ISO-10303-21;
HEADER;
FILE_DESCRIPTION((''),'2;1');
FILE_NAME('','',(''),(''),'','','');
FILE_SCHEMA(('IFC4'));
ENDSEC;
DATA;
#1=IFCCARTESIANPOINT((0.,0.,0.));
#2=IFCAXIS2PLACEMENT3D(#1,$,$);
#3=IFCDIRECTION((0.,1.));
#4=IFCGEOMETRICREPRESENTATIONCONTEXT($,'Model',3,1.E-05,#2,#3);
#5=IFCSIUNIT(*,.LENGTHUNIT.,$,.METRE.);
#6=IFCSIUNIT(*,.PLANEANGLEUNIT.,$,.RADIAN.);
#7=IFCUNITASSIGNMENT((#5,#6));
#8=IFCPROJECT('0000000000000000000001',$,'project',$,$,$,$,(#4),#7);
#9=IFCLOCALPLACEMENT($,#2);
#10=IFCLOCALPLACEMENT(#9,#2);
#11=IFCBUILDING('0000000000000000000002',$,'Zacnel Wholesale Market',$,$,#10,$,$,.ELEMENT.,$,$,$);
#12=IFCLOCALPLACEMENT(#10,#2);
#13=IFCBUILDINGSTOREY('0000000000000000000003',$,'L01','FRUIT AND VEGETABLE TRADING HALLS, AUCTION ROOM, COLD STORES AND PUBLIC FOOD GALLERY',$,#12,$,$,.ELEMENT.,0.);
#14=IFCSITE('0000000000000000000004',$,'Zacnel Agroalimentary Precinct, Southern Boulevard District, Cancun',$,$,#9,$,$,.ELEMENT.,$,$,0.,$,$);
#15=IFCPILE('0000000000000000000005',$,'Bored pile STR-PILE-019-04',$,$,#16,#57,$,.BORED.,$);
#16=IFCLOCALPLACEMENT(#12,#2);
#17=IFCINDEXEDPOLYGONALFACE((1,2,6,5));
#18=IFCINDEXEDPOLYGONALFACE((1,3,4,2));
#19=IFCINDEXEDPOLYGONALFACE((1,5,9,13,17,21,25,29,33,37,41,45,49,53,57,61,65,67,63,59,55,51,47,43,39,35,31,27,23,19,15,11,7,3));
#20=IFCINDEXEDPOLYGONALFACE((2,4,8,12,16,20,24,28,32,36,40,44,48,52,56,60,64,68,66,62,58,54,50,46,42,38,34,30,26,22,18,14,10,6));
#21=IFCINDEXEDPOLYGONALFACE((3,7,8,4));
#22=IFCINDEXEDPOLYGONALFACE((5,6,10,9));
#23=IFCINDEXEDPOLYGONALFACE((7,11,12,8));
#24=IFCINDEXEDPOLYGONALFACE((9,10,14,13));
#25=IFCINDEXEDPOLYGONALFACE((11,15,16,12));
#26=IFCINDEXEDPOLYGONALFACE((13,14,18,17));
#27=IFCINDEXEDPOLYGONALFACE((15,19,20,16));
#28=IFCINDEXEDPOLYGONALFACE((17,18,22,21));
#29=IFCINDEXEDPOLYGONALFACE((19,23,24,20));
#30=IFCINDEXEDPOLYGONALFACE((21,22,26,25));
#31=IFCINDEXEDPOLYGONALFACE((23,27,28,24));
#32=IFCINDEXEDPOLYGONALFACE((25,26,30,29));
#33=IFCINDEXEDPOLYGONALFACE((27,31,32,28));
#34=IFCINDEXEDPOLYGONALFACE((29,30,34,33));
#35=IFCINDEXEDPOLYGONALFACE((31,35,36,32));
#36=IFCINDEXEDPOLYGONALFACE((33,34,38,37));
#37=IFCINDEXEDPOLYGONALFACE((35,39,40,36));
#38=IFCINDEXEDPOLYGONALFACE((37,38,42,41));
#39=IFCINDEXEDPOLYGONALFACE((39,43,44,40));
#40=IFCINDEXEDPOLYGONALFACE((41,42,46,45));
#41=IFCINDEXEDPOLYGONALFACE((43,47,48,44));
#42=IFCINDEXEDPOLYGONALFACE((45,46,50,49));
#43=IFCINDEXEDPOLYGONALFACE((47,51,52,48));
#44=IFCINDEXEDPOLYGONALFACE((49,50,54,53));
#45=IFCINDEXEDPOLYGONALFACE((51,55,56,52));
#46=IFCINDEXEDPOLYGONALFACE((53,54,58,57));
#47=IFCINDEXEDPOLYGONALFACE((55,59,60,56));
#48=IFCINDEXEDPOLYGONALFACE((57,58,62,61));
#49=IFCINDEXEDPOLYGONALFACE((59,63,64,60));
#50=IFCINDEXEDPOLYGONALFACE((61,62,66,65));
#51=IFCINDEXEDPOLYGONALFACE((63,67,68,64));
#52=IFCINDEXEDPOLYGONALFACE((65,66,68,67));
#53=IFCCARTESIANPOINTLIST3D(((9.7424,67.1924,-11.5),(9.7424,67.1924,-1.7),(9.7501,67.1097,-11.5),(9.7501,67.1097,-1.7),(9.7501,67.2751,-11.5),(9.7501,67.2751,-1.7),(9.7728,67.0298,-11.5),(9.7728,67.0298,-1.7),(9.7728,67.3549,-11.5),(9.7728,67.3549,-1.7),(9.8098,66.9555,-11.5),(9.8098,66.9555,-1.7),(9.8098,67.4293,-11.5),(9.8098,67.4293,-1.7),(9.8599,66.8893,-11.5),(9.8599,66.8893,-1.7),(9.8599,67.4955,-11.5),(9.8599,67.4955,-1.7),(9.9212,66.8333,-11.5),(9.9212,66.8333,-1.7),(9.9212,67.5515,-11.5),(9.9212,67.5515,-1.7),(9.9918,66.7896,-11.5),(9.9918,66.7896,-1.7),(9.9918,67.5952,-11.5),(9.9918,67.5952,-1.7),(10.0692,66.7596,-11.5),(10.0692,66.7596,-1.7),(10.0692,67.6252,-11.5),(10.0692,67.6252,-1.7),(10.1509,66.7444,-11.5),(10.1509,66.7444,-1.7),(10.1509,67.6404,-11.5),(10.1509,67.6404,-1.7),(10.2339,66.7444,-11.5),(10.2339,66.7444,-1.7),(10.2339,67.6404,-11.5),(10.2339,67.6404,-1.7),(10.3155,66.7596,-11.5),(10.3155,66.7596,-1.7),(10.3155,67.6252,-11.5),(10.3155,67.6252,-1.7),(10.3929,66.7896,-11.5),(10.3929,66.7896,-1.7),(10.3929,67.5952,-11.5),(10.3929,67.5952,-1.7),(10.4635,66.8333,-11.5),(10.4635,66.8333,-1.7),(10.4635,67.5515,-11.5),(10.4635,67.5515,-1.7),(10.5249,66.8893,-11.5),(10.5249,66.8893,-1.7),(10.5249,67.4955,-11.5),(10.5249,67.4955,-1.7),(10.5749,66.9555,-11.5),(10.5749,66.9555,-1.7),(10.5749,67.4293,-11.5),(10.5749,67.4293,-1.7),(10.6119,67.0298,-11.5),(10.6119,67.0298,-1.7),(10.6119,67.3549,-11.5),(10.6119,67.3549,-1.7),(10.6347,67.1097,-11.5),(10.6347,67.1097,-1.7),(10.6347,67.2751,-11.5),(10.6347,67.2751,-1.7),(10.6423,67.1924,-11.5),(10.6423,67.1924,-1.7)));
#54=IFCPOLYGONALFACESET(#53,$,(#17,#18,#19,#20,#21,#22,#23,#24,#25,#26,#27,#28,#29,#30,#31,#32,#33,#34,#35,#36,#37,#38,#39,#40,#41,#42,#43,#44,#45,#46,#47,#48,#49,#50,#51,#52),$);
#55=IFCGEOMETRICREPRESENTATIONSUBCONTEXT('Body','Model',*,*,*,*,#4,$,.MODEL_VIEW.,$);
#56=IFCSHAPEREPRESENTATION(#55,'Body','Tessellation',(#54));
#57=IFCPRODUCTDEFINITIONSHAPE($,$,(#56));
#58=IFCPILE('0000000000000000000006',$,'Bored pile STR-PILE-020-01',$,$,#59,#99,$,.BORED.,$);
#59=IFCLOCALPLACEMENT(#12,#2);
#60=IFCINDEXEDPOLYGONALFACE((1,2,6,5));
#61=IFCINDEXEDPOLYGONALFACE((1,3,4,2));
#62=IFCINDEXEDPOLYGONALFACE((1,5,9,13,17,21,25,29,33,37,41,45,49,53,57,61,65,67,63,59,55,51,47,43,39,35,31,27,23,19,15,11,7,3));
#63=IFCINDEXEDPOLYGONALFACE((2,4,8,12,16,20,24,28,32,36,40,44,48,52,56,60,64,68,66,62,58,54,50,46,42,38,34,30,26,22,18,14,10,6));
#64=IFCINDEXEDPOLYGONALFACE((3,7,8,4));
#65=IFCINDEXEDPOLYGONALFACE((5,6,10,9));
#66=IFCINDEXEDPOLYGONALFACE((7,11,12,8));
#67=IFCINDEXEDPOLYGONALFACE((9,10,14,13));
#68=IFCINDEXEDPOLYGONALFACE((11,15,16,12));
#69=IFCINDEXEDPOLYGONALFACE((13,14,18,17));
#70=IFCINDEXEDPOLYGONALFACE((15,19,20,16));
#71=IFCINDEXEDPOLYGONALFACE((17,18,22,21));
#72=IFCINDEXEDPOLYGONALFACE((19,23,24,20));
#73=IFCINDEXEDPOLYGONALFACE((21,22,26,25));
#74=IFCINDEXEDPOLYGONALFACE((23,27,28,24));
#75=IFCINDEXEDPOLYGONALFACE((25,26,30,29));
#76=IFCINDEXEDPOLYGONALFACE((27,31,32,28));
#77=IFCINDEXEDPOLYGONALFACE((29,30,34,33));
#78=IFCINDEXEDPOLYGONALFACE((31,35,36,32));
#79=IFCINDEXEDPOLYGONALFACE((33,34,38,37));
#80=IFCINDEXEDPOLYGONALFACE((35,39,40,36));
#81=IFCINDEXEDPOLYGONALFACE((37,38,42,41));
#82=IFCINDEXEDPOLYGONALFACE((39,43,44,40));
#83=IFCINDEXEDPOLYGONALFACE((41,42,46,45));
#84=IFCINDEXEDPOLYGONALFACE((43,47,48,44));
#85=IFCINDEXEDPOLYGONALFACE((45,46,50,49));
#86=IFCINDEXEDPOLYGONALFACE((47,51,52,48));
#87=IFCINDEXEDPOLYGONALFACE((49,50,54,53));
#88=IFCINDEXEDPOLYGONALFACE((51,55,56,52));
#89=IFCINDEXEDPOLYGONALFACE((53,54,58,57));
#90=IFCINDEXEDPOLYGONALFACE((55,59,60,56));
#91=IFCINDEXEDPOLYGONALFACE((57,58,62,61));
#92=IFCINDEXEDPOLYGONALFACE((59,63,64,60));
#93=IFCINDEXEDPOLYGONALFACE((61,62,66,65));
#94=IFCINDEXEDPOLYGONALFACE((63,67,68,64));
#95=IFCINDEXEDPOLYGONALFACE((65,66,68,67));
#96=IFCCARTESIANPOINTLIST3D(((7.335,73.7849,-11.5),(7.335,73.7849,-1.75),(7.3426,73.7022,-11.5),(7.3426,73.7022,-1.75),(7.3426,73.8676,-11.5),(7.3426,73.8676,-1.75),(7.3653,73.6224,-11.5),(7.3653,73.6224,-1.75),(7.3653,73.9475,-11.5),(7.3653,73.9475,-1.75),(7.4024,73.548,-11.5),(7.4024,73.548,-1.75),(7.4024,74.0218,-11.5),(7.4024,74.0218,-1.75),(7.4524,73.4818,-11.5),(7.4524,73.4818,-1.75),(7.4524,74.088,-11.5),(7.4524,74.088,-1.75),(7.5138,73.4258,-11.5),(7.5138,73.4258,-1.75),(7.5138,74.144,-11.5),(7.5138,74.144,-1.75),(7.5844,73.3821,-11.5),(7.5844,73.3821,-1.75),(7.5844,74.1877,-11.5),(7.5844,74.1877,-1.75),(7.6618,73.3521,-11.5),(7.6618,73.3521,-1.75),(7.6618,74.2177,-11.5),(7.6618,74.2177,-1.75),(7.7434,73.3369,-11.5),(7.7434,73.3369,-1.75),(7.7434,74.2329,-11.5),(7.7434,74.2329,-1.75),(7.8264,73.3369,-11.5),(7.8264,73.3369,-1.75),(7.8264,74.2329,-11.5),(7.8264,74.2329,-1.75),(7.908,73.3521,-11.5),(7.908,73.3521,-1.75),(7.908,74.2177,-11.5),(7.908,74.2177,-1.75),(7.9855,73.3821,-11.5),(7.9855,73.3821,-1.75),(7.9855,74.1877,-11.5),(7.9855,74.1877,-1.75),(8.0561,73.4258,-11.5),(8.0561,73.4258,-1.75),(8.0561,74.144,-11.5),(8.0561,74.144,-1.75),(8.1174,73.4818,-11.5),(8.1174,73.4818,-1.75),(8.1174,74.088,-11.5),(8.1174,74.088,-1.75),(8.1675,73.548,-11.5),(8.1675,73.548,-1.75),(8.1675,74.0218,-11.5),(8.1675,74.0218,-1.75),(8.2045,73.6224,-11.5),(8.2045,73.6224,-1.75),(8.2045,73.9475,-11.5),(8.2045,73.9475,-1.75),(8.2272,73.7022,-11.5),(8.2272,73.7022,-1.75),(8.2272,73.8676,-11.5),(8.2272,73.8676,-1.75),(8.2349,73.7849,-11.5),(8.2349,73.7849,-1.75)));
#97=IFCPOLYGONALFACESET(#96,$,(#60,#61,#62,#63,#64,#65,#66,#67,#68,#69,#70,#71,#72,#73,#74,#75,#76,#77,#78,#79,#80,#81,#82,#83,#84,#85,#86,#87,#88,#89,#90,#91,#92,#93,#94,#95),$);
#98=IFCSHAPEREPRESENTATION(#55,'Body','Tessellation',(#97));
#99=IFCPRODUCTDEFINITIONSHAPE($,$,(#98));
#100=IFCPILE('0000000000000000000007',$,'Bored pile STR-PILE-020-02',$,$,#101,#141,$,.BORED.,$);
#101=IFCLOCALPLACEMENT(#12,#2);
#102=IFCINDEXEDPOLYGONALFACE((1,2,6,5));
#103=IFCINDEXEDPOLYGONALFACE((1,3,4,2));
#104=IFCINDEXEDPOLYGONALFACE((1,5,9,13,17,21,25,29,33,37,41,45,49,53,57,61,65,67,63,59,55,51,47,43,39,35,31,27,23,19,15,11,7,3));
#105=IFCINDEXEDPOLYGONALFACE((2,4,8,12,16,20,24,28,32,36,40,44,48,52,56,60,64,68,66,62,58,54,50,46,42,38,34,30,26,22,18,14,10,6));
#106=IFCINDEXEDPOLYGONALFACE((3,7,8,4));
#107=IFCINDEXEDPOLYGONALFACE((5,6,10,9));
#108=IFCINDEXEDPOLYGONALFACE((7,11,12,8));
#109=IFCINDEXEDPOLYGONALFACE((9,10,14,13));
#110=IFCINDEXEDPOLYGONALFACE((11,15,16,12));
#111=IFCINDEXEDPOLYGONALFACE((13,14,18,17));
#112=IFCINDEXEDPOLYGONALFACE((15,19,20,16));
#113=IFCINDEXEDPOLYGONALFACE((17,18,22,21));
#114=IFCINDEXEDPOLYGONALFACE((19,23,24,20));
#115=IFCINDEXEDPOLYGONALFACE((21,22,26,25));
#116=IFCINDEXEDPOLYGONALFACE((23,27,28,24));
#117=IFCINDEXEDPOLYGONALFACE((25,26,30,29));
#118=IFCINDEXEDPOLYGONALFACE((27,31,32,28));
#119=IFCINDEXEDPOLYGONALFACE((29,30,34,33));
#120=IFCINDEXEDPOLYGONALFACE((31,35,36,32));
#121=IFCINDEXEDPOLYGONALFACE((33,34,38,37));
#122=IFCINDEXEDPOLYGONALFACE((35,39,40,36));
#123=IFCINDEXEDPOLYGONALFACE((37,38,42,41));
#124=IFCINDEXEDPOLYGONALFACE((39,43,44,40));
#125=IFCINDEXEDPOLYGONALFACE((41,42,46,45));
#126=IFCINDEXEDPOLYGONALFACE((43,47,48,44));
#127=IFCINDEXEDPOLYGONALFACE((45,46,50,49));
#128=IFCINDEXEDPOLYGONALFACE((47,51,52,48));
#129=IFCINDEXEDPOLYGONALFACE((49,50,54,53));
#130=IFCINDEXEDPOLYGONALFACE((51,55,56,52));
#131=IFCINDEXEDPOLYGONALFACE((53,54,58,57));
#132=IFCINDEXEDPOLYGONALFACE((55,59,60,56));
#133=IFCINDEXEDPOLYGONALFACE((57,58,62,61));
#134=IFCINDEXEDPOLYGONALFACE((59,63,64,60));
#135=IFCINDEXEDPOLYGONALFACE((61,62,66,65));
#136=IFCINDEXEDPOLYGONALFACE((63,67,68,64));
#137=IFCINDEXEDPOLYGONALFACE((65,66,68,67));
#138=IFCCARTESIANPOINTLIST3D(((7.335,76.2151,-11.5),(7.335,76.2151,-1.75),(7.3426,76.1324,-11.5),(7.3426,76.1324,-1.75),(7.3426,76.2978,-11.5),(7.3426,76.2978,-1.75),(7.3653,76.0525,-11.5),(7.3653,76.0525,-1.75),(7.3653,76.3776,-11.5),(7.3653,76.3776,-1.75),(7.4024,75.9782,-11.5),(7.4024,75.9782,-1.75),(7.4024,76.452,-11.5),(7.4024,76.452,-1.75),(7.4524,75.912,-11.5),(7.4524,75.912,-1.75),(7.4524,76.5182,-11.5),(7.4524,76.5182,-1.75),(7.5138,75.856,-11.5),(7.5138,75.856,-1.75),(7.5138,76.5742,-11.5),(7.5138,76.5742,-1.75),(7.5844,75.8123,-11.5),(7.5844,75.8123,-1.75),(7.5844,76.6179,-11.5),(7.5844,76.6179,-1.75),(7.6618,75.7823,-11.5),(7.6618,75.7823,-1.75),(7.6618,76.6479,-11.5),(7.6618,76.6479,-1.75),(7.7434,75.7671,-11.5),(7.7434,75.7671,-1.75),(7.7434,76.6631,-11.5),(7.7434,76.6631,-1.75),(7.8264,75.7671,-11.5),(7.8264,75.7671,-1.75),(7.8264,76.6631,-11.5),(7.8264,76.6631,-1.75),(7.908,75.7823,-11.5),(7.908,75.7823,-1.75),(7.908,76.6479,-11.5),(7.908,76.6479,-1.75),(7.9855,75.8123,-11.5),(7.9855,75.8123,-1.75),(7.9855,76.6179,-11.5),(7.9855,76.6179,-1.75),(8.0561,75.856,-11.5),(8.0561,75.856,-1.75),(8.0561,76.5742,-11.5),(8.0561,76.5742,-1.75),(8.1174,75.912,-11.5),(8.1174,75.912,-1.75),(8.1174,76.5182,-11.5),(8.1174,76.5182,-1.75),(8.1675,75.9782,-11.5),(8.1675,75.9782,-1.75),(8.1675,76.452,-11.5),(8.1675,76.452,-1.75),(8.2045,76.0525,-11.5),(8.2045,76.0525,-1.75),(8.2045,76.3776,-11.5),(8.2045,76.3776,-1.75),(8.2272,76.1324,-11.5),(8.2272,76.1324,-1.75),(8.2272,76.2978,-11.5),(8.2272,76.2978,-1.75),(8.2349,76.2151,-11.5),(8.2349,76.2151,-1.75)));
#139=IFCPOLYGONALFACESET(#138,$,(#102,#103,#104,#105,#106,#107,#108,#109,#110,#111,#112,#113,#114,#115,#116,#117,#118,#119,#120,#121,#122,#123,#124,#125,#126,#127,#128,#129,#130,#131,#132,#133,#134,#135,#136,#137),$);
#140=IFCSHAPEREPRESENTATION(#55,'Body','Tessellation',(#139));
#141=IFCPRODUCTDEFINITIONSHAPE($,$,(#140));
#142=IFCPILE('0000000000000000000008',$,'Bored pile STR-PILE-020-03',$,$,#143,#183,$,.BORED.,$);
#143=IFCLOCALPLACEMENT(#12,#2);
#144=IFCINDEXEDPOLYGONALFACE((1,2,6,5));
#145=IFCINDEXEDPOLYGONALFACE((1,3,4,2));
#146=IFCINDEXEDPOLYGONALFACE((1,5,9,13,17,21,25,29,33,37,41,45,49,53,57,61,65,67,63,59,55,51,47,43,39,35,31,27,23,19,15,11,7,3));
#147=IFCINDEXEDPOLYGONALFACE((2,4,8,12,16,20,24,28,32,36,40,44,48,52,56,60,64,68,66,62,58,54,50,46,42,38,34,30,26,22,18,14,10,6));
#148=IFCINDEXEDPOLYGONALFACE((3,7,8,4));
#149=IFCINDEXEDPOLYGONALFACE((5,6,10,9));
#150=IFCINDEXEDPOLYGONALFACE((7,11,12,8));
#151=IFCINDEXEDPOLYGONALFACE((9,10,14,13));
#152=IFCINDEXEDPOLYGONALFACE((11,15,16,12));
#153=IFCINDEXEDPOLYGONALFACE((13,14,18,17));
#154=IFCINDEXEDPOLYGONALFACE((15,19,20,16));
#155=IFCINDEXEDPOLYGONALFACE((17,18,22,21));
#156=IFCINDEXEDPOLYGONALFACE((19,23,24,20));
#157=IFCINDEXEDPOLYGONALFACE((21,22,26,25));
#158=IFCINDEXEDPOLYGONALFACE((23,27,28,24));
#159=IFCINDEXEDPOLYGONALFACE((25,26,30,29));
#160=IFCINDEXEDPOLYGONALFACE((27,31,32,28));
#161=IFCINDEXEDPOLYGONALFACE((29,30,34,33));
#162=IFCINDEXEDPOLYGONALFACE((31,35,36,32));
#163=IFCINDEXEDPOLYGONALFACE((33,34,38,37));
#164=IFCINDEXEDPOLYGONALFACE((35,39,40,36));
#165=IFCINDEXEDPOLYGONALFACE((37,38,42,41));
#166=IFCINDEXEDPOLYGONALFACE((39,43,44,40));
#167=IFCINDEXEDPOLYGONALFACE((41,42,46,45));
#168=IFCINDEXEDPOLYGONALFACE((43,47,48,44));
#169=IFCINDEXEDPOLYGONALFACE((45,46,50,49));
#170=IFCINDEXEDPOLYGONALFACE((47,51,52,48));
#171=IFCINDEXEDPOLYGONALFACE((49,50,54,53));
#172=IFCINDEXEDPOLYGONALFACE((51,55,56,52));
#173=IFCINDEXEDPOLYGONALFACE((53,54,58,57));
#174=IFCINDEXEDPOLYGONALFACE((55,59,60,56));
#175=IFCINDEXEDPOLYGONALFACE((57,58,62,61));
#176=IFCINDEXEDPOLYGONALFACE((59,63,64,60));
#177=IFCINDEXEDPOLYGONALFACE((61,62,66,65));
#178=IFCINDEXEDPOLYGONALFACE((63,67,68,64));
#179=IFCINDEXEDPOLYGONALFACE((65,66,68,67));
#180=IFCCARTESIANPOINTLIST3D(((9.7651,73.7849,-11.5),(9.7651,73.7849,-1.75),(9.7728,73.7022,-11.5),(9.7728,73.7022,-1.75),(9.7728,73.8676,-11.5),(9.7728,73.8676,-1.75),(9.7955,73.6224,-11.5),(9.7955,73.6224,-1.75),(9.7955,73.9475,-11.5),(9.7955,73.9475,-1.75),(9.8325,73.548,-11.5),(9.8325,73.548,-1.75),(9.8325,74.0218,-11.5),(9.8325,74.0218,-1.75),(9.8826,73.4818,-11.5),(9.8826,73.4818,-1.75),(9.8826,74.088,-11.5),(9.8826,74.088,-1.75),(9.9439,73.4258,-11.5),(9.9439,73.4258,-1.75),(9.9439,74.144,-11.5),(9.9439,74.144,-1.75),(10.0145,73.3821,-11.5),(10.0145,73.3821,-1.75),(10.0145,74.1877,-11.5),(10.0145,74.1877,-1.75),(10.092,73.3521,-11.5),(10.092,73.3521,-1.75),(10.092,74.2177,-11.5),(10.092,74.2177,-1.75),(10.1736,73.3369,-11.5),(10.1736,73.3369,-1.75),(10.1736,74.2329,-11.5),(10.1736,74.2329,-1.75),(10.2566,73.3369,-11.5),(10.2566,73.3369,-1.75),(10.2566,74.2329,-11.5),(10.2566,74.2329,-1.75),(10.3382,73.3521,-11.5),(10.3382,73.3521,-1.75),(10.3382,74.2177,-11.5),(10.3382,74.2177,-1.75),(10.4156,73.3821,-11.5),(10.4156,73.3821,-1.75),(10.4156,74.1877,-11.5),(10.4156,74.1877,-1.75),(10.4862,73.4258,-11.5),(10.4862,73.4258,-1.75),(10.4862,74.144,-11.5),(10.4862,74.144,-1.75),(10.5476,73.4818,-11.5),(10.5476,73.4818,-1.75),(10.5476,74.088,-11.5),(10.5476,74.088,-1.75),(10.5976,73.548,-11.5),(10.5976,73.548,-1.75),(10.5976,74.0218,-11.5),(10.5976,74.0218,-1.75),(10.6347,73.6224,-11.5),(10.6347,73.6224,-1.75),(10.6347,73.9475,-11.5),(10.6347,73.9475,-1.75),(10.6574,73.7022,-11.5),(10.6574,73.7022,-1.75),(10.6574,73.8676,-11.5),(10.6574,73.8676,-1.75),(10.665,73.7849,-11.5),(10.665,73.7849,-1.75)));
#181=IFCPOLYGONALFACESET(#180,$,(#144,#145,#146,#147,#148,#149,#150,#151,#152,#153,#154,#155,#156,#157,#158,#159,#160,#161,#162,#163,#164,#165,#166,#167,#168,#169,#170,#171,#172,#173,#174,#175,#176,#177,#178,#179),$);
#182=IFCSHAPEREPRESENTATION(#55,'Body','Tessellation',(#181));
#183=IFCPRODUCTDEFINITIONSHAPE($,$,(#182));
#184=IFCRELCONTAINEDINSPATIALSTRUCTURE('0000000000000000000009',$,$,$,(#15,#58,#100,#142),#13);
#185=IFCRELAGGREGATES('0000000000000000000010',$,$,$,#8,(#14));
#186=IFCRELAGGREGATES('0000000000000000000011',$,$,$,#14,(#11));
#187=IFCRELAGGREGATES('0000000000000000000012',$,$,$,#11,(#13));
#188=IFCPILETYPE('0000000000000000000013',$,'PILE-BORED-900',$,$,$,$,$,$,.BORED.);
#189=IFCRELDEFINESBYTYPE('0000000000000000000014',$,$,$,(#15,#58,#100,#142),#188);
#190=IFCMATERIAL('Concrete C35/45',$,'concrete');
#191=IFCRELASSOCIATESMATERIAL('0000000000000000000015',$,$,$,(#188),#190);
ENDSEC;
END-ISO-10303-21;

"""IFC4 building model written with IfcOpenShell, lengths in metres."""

from ifc_helpers import new_model, si_unit, direction, frame, origin, origin_2d, place, context, subcontext, project, spatial, circle, extrude, material, material_profile, profile_set, type_object, element, save


model = new_model("IFC4")

# Units and contexts
model_context = context("Model", 3, precision=1e-05, world=origin(), true_north=direction((0.0, 1.0)))
body_context = subcontext(model_context, "Body", "Model", "MODEL_VIEW")
ifc_project = project(units=[si_unit("LENGTHUNIT", "METRE"), si_unit("PLANEANGLEUNIT", "RADIAN")], contexts=[model_context])

# Site, building, storey
site_placement = place(None, origin())
site = spatial("IfcSite", under=ifc_project, at=site_placement, Name="Zacnel Agroalimentary Precinct, Southern Boulevard District, Cancun", CompositionType="ELEMENT", RefElevation=0.0)
building_placement = place(site_placement, origin())
building = spatial("IfcBuilding", under=site, at=building_placement, Name="Zacnel Wholesale Market", CompositionType="ELEMENT")
storey_placement = place(building_placement, origin())
storey = spatial("IfcBuildingStorey", under=building, at=storey_placement, Name="L01", Description="FRUIT AND VEGETABLE TRADING HALLS, AUCTION ROOM, COLD STORES AND PUBLIC FOOD GALLERY", CompositionType="ELEMENT", Elevation=0.0)

# Piles
ifc_material_1 = material(Name="Concrete C35/45", Category="concrete")
ifc_material_profile_1 = material_profile(ifc_material_1, circle(Radius=0.45, at=origin_2d()), Name="BORED PILE D900")
ifc_profile_set_1 = profile_set([ifc_material_profile_1], Name="Concrete C35/45")
pile_type = type_object("IfcPileType", Name="PILE-BORED-900", PredefinedType="BORED", material=ifc_profile_set_1)
pile_placement = place(storey_placement, frame((10.1924, 67.1924, -1.7), z_axis=(0.0, 0.0, -1.0), x_axis=(1.0, 0.0, 0.0)))
element("IfcPile", 1, at=pile_placement, inside=storey, type_object=pile_type, Name="Bored pile STR-PILE-019-04", PredefinedType="BORED", context=body_context, shape_type="SweptSolid", body=[
    extrude(circle(Radius=0.45, at=origin_2d()), origin(), (0.0, 0.0, 1.0), 9.8),
])
for number, where, z_axis, x_axis, name in (
    (2, (7.7849, 73.7849, -1.75), (0.0, 0.0, -1.0), (1.0, 0.0, 0.0), "Bored pile STR-PILE-020-01"),
    (3, (7.7849, 76.2151, -1.75), (0.0, 0.0, -1.0), (1.0, 0.0, 0.0), "Bored pile STR-PILE-020-02"),
    (4, (10.2151, 73.7849, -1.75), (0.0, 0.0, -1.0), (1.0, 0.0, 0.0), "Bored pile STR-PILE-020-03"),
):
    element("IfcPile", number, at=place(storey_placement, frame(where, z_axis=z_axis, x_axis=x_axis)), inside=storey, type_object=pile_type, Name=name, PredefinedType="BORED", context=body_context, shape_type="SweptSolid", body=[
        extrude(circle(Radius=0.45, at=origin_2d()), origin(), (0.0, 0.0, 1.0), 9.75),
    ])

save(model, "model.ifc")
